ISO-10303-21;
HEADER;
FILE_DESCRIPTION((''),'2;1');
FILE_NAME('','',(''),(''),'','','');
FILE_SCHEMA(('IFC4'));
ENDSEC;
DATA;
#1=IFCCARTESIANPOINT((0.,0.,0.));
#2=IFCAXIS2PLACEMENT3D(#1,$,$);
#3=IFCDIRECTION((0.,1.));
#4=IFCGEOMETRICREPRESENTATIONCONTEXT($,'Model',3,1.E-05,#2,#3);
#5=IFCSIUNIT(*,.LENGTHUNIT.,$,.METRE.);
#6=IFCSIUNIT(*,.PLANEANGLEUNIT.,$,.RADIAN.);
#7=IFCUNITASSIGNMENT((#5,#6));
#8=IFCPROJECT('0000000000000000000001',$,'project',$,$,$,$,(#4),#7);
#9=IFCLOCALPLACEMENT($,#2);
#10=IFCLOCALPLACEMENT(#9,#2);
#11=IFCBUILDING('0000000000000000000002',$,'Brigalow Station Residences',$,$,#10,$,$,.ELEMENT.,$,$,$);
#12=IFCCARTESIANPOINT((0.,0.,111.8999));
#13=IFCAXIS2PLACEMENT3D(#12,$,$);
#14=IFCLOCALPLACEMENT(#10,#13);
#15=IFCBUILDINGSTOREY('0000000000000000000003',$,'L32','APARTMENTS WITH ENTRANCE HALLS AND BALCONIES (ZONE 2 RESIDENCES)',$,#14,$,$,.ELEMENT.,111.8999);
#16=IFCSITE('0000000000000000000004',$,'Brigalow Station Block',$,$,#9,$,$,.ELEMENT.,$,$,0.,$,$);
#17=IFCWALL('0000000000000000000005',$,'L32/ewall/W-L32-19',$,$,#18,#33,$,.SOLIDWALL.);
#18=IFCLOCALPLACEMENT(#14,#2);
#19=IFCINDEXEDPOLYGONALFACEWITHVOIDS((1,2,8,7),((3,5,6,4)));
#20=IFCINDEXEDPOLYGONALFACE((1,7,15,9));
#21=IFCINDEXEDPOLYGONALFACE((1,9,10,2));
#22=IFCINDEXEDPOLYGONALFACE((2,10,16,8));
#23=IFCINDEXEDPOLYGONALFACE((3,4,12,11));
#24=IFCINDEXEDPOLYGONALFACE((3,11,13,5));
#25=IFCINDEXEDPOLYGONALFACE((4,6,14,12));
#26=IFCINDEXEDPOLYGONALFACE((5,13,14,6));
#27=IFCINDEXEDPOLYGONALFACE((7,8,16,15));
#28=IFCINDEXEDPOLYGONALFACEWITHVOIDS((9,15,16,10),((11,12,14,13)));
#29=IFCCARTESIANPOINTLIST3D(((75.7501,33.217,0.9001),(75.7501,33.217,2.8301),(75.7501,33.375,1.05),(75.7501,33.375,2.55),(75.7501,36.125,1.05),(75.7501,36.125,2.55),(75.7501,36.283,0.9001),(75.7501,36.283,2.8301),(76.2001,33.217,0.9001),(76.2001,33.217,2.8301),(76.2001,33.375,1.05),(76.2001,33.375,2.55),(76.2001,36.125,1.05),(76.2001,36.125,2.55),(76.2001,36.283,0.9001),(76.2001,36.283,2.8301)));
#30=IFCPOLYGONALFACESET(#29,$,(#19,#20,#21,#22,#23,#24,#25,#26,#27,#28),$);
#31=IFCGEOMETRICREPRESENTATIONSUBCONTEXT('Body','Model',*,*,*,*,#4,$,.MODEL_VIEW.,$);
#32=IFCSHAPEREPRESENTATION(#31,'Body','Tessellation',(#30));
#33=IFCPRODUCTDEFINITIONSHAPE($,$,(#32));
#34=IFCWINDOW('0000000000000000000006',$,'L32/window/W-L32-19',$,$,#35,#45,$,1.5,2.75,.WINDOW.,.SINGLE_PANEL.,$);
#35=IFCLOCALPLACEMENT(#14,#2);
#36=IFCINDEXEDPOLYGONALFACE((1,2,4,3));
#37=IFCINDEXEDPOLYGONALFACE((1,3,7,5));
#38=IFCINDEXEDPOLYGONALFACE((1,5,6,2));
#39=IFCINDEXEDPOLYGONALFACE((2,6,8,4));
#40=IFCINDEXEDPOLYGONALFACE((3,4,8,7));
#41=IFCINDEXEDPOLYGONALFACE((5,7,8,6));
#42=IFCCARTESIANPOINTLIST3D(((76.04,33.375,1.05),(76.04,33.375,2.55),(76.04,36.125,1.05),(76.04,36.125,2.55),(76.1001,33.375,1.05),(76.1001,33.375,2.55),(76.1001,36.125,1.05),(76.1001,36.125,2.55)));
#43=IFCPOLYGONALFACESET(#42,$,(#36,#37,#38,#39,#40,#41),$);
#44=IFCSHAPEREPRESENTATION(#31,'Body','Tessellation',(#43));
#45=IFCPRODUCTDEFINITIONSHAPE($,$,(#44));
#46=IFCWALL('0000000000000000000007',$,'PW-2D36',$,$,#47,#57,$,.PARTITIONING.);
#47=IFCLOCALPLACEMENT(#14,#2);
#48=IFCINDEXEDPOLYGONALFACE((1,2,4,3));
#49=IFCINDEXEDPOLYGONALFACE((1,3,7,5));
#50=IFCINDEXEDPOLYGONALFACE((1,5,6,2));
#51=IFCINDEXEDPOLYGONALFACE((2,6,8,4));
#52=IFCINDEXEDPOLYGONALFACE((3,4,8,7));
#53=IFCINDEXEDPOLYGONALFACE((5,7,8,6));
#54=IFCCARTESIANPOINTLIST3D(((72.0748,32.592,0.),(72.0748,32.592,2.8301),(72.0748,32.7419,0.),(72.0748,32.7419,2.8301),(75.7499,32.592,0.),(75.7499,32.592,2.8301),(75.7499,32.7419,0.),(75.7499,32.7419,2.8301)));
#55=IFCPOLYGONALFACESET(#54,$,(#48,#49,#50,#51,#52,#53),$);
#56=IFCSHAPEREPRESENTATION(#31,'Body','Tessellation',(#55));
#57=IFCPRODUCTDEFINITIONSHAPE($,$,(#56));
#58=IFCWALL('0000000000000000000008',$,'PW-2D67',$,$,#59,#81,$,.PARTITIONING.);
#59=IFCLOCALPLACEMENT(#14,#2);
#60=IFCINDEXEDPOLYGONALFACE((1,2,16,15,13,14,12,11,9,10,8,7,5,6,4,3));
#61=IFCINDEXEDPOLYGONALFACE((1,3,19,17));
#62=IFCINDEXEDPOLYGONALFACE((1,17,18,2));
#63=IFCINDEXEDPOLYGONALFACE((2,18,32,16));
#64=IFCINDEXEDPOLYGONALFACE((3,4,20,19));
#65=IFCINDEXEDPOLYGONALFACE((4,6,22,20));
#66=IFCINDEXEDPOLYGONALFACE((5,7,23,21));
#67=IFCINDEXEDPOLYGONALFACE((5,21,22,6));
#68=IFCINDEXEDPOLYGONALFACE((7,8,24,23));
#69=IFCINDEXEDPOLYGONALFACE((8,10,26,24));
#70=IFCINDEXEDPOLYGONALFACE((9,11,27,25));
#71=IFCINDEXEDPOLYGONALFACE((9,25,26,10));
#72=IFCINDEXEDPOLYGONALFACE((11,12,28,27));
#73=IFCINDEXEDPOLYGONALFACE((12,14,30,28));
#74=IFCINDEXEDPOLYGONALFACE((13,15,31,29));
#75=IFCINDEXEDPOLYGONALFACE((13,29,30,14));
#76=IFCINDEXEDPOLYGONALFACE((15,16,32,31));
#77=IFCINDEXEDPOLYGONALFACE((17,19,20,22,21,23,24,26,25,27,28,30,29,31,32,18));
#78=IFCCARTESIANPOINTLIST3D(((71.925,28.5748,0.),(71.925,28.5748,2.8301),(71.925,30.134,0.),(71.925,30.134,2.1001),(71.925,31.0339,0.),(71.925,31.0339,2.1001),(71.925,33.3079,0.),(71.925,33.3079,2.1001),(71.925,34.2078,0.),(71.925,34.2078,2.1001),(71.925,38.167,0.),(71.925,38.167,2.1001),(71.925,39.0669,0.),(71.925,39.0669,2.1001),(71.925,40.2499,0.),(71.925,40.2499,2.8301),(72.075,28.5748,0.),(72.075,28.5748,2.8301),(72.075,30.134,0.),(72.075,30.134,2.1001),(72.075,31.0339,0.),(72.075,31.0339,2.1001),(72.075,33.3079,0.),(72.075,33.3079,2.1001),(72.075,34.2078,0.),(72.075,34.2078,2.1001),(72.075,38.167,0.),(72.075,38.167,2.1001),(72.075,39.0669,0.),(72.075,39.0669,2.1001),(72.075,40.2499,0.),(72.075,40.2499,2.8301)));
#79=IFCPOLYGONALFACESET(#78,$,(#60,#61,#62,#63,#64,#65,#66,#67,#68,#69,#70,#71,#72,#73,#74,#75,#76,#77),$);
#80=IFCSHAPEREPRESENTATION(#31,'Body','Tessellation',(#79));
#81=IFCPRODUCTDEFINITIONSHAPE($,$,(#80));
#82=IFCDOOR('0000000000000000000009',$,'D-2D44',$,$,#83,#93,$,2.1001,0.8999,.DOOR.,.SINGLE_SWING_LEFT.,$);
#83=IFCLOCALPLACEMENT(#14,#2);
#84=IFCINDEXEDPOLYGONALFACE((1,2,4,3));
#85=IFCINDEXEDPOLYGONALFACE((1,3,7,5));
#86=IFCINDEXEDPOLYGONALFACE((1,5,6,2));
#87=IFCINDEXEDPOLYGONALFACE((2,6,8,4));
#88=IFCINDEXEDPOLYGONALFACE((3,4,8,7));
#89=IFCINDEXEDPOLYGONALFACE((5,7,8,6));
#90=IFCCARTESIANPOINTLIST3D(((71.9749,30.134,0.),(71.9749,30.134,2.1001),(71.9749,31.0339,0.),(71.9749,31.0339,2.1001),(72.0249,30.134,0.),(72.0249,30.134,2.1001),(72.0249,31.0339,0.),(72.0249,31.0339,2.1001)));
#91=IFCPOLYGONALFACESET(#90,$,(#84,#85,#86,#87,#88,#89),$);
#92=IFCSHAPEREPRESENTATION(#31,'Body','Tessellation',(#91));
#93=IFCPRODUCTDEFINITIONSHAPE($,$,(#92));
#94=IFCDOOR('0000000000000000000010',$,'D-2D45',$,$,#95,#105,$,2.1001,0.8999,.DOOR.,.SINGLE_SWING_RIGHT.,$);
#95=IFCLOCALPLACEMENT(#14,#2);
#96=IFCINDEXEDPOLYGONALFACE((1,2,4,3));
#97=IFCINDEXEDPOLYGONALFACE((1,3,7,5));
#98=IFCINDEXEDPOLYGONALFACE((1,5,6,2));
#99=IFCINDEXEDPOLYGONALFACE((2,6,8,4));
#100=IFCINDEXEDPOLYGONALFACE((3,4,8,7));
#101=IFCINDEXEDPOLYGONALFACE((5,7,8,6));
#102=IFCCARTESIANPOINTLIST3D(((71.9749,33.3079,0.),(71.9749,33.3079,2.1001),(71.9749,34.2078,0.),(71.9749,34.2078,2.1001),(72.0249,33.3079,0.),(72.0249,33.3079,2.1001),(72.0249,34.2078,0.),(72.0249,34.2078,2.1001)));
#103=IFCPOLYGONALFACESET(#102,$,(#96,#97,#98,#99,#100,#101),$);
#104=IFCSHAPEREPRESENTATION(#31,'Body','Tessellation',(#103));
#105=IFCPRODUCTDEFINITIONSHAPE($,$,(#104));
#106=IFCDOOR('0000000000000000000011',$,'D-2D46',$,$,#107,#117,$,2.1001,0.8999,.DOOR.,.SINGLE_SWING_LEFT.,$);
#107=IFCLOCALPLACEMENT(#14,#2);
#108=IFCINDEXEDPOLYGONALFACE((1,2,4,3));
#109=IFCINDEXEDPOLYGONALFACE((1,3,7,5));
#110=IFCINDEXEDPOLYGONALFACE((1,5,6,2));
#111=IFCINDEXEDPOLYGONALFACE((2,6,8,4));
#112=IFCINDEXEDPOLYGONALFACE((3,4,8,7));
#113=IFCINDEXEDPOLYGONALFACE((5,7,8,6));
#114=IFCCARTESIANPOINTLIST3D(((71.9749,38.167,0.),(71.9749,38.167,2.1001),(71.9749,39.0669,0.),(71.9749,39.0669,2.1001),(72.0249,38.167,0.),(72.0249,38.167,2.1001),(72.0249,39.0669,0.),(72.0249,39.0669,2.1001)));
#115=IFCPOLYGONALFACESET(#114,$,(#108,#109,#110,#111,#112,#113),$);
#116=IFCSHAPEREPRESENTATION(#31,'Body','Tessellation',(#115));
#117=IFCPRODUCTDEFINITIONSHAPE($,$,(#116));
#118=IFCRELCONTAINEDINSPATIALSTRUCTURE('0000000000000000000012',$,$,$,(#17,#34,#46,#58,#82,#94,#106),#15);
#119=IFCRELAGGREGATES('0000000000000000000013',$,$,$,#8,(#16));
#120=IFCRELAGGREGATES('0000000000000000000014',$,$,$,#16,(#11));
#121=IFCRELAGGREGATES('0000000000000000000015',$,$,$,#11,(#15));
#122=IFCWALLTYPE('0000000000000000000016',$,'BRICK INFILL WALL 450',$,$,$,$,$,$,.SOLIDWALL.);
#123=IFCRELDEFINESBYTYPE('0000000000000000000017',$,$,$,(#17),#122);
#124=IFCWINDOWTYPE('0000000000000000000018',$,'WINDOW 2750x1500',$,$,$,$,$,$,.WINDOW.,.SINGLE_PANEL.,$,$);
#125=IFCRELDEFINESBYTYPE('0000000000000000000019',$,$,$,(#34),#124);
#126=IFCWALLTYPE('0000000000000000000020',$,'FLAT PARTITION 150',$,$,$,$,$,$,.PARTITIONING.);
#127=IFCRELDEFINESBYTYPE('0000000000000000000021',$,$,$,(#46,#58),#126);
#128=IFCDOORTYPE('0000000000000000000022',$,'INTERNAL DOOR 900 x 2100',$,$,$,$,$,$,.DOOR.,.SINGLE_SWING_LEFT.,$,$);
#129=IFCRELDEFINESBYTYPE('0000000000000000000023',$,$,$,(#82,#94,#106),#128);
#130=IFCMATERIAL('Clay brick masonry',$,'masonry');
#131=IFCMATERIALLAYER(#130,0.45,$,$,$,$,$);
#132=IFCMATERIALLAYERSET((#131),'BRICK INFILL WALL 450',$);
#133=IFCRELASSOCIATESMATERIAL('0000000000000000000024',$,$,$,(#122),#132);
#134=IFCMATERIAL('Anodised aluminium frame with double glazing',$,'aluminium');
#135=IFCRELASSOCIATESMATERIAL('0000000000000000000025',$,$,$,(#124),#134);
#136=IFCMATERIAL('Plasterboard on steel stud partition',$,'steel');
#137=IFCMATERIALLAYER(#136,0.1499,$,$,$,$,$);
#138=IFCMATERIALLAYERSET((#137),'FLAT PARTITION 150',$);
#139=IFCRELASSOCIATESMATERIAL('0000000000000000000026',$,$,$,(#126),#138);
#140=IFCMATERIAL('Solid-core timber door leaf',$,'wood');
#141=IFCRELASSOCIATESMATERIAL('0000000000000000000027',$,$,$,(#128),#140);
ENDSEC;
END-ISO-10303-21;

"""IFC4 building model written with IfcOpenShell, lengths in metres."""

from ifc_helpers import new_model, si_unit, direction, frame, frame_2d, origin, place, context, subcontext, project, spatial, rectangle, extrude, material, layer, layer_set, type_object, element, fill, save


model = new_model("IFC4")

# Units and contexts
model_context = context("Model", 3, precision=1e-05, world=origin(), true_north=direction((0.0, 1.0)))
body_context = subcontext(model_context, "Body", "Model", "MODEL_VIEW")
ifc_project = project(units=[si_unit("LENGTHUNIT", "METRE"), si_unit("PLANEANGLEUNIT", "RADIAN")], contexts=[model_context])

# Site, building, storey
site_placement = place(None, origin())
site = spatial("IfcSite", under=ifc_project, at=site_placement, Name="Brigalow Station Block", CompositionType="ELEMENT", RefElevation=0.0)
building_placement = place(site_placement, origin())
building = spatial("IfcBuilding", under=site, at=building_placement, Name="Brigalow Station Residences", CompositionType="ELEMENT")
storey_placement = place(building_placement, frame((0.0, 0.0, 111.8999)))
storey = spatial("IfcBuildingStorey", under=building, at=storey_placement, Name="L32", Description="APARTMENTS WITH ENTRANCE HALLS AND BALCONIES (ZONE 2 RESIDENCES)", CompositionType="ELEMENT", Elevation=111.8999)

# Shared definitions
ifc_material_1 = material(Name="Clay brick masonry", Category="masonry")
ifc_layer_1 = layer(ifc_material_1, 0.45)
ifc_layer_set_1 = layer_set([ifc_layer_1], Name="BRICK INFILL WALL 450")
wall_type_1 = type_object("IfcWallType", Name="BRICK INFILL WALL 450", PredefinedType="SOLIDWALL", material=ifc_layer_set_1)

# Wall, opening, window
wall_1_placement = place(storey_placement, frame((75.9751, 33.217, 0.9001), z_axis=(0.0, 0.0, 1.0), x_axis=(0.0, 1.0, 0.0)))
wall_1 = element("IfcWall", 1, at=wall_1_placement, inside=storey, type_object=wall_type_1, Name="L32/ewall/W-L32-19", PredefinedType="SOLIDWALL", context=body_context, shape_type="SweptSolid", body=[
    extrude(rectangle(XDim=3.0659, YDim=0.45, at=frame_2d((1.533, 0.0))), origin(), (0.0, 0.0, 1.0), 1.9299),
])
opening_1_placement = place(wall_1_placement, frame((0.158, 0.0, 0.1499)))
opening_1 = element("IfcOpeningElement", 2, at=opening_1_placement, cuts=wall_1, PredefinedType="OPENING", context=body_context, shape_type="SweptSolid", body=[
    extrude(rectangle(XDim=2.75, YDim=1.5, at=frame_2d((1.375, 0.75))), frame((0.0, 0.2349, 0.0), z_axis=(0.0, -1.0, 0.0), x_axis=(1.0, 0.0, 0.0)), (0.0, 0.0, 1.0), 0.47),
])
ifc_material_2 = material(Name="Anodised aluminium frame with double glazing", Category="aluminium")
window_type_1 = type_object("IfcWindowType", Name="WINDOW 2750x1500", PartitioningType="SINGLE_PANEL", PredefinedType="WINDOW", material=ifc_material_2)
window_1_placement = place(opening_1_placement, origin())
window_1 = element("IfcWindow", 3, at=window_1_placement, inside=storey, type_object=window_type_1, Name="L32/window/W-L32-19", OverallHeight=1.5, OverallWidth=2.75, PartitioningType="SINGLE_PANEL", PredefinedType="WINDOW", context=body_context, shape_type="SweptSolid", body=[
    extrude(rectangle(XDim=2.75, YDim=1.5, at=frame_2d((1.375, 0.75))), frame((0.0, -0.0649, 0.0), z_axis=(0.0, -1.0, 0.0), x_axis=(1.0, 0.0, 0.0)), (0.0, 0.0, 1.0), 0.0601),
])
fill(opening_1, window_1)

# Wall
ifc_material_3 = material(Name="Plasterboard on steel stud partition", Category="steel")
ifc_layer_2 = layer(ifc_material_3, 0.1499)
ifc_layer_set_2 = layer_set([ifc_layer_2], Name="FLAT PARTITION 150")
wall_type_2 = type_object("IfcWallType", Name="FLAT PARTITION 150", PredefinedType="PARTITIONING", material=ifc_layer_set_2)
wall_2_placement = place(storey_placement, frame((72.075, 32.667, 0.0), z_axis=(0.0, 0.0, 1.0), x_axis=(1.0, 0.0, 0.0)))
element("IfcWall", 4, at=wall_2_placement, inside=storey, type_object=wall_type_2, Name="PW-2D36", PredefinedType="PARTITIONING", context=body_context, shape_type="SweptSolid", body=[
    extrude(rectangle(XDim=3.675, YDim=0.1499, at=frame_2d((1.8374, 0.0))), origin(), (0.0, 0.0, 1.0), 2.8301),
])

# Wall, openings, doors
wall_3_placement = place(storey_placement, frame((72.0, 28.575, 0.0), z_axis=(0.0, 0.0, 1.0), x_axis=(0.0, 1.0, 0.0)))
wall_3 = element("IfcWall", 5, at=wall_3_placement, inside=storey, type_object=wall_type_2, Name="PW-2D67", PredefinedType="PARTITIONING", context=body_context, shape_type="SweptSolid", body=[
    extrude(rectangle(XDim=11.675, YDim=0.1499, at=frame_2d((5.8374, 0.0))), origin(), (0.0, 0.0, 1.0), 2.8301),
])
opening_2_placement = place(wall_3_placement, frame((1.5591, 0.0, 0.0)))
opening_2 = element("IfcOpeningElement", 6, at=opening_2_placement, cuts=wall_3, PredefinedType="OPENING", context=body_context, shape_type="SweptSolid", body=[
    extrude(rectangle(XDim=0.8999, YDim=2.1001, at=frame_2d((0.45, 1.05))), frame((0.0, 0.085, 0.0), z_axis=(0.0, -1.0, 0.0), x_axis=(1.0, 0.0, 0.0)), (0.0, 0.0, 1.0), 0.1699),
])
opening_3_placement = place(wall_3_placement, frame((4.7329, 0.0, 0.0)))
opening_3 = element("IfcOpeningElement", 7, at=opening_3_placement, cuts=wall_3, PredefinedType="OPENING", context=body_context, shape_type="SweptSolid", body=[
    extrude(rectangle(XDim=0.8999, YDim=2.1001, at=frame_2d((0.45, 1.05))), frame((0.0, 0.085, 0.0), z_axis=(0.0, -1.0, 0.0), x_axis=(1.0, 0.0, 0.0)), (0.0, 0.0, 1.0), 0.1699),
])
opening_4_placement = place(wall_3_placement, frame((9.592, 0.0, 0.0)))
opening_4 = element("IfcOpeningElement", 8, at=opening_4_placement, cuts=wall_3, PredefinedType="OPENING", context=body_context, shape_type="SweptSolid", body=[
    extrude(rectangle(XDim=0.8999, YDim=2.1001, at=frame_2d((0.45, 1.05))), frame((0.0, 0.085, 0.0), z_axis=(0.0, -1.0, 0.0), x_axis=(1.0, 0.0, 0.0)), (0.0, 0.0, 1.0), 0.1699),
])
ifc_material_4 = material(Name="Solid-core timber door leaf", Category="wood")
door_type_1 = type_object("IfcDoorType", Name="INTERNAL DOOR 900 x 2100", OperationType="SINGLE_SWING_LEFT", PredefinedType="DOOR", material=ifc_material_4)
door_1_placement = place(opening_2_placement, frame((0.8999, 0.0, 0.0), z_axis=(0.0, 0.0, 1.0), x_axis=(-1.0, 0.0, 0.0)))
door_1 = element("IfcDoor", 9, at=door_1_placement, inside=storey, type_object=door_type_1, Name="D-2D44", OperationType="SINGLE_SWING_LEFT", OverallHeight=2.1001, OverallWidth=0.8999, PredefinedType="DOOR", context=body_context, shape_type="SweptSolid", body=[
    extrude(rectangle(XDim=0.8999, YDim=2.1001, at=frame_2d((0.45, 1.05))), frame((0.0, 0.0249, 0.0), z_axis=(0.0, -1.0, 0.0), x_axis=(1.0, 0.0, 0.0)), (0.0, 0.0, 1.0), 0.05),
])
fill(opening_2, door_1)
door_2_placement = place(opening_3_placement, frame((0.8999, 0.0, 0.0), z_axis=(0.0, 0.0, 1.0), x_axis=(-1.0, 0.0, 0.0)))
door_2 = element("IfcDoor", 10, at=door_2_placement, inside=storey, type_object=door_type_1, Name="D-2D45", OperationType="SINGLE_SWING_RIGHT", OverallHeight=2.1001, OverallWidth=0.8999, PredefinedType="DOOR", context=body_context, shape_type="SweptSolid", body=[
    extrude(rectangle(XDim=0.8999, YDim=2.1001, at=frame_2d((0.45, 1.05))), frame((0.0, 0.0249, 0.0), z_axis=(0.0, -1.0, 0.0), x_axis=(1.0, 0.0, 0.0)), (0.0, 0.0, 1.0), 0.05),
])
fill(opening_3, door_2)
door_3_placement = place(opening_4_placement, frame((0.8999, 0.0, 0.0), z_axis=(0.0, 0.0, 1.0), x_axis=(-1.0, 0.0, 0.0)))
door_3 = element("IfcDoor", 11, at=door_3_placement, inside=storey, type_object=door_type_1, Name="D-2D46", OperationType="SINGLE_SWING_LEFT", OverallHeight=2.1001, OverallWidth=0.8999, PredefinedType="DOOR", context=body_context, shape_type="SweptSolid", body=[
    extrude(rectangle(XDim=0.8999, YDim=2.1001, at=frame_2d((0.45, 1.05))), frame((0.0, 0.0249, 0.0), z_axis=(0.0, -1.0, 0.0), x_axis=(1.0, 0.0, 0.0)), (0.0, 0.0, 1.0), 0.05),
])
fill(opening_4, door_3)

save(model, "model.ifc")
